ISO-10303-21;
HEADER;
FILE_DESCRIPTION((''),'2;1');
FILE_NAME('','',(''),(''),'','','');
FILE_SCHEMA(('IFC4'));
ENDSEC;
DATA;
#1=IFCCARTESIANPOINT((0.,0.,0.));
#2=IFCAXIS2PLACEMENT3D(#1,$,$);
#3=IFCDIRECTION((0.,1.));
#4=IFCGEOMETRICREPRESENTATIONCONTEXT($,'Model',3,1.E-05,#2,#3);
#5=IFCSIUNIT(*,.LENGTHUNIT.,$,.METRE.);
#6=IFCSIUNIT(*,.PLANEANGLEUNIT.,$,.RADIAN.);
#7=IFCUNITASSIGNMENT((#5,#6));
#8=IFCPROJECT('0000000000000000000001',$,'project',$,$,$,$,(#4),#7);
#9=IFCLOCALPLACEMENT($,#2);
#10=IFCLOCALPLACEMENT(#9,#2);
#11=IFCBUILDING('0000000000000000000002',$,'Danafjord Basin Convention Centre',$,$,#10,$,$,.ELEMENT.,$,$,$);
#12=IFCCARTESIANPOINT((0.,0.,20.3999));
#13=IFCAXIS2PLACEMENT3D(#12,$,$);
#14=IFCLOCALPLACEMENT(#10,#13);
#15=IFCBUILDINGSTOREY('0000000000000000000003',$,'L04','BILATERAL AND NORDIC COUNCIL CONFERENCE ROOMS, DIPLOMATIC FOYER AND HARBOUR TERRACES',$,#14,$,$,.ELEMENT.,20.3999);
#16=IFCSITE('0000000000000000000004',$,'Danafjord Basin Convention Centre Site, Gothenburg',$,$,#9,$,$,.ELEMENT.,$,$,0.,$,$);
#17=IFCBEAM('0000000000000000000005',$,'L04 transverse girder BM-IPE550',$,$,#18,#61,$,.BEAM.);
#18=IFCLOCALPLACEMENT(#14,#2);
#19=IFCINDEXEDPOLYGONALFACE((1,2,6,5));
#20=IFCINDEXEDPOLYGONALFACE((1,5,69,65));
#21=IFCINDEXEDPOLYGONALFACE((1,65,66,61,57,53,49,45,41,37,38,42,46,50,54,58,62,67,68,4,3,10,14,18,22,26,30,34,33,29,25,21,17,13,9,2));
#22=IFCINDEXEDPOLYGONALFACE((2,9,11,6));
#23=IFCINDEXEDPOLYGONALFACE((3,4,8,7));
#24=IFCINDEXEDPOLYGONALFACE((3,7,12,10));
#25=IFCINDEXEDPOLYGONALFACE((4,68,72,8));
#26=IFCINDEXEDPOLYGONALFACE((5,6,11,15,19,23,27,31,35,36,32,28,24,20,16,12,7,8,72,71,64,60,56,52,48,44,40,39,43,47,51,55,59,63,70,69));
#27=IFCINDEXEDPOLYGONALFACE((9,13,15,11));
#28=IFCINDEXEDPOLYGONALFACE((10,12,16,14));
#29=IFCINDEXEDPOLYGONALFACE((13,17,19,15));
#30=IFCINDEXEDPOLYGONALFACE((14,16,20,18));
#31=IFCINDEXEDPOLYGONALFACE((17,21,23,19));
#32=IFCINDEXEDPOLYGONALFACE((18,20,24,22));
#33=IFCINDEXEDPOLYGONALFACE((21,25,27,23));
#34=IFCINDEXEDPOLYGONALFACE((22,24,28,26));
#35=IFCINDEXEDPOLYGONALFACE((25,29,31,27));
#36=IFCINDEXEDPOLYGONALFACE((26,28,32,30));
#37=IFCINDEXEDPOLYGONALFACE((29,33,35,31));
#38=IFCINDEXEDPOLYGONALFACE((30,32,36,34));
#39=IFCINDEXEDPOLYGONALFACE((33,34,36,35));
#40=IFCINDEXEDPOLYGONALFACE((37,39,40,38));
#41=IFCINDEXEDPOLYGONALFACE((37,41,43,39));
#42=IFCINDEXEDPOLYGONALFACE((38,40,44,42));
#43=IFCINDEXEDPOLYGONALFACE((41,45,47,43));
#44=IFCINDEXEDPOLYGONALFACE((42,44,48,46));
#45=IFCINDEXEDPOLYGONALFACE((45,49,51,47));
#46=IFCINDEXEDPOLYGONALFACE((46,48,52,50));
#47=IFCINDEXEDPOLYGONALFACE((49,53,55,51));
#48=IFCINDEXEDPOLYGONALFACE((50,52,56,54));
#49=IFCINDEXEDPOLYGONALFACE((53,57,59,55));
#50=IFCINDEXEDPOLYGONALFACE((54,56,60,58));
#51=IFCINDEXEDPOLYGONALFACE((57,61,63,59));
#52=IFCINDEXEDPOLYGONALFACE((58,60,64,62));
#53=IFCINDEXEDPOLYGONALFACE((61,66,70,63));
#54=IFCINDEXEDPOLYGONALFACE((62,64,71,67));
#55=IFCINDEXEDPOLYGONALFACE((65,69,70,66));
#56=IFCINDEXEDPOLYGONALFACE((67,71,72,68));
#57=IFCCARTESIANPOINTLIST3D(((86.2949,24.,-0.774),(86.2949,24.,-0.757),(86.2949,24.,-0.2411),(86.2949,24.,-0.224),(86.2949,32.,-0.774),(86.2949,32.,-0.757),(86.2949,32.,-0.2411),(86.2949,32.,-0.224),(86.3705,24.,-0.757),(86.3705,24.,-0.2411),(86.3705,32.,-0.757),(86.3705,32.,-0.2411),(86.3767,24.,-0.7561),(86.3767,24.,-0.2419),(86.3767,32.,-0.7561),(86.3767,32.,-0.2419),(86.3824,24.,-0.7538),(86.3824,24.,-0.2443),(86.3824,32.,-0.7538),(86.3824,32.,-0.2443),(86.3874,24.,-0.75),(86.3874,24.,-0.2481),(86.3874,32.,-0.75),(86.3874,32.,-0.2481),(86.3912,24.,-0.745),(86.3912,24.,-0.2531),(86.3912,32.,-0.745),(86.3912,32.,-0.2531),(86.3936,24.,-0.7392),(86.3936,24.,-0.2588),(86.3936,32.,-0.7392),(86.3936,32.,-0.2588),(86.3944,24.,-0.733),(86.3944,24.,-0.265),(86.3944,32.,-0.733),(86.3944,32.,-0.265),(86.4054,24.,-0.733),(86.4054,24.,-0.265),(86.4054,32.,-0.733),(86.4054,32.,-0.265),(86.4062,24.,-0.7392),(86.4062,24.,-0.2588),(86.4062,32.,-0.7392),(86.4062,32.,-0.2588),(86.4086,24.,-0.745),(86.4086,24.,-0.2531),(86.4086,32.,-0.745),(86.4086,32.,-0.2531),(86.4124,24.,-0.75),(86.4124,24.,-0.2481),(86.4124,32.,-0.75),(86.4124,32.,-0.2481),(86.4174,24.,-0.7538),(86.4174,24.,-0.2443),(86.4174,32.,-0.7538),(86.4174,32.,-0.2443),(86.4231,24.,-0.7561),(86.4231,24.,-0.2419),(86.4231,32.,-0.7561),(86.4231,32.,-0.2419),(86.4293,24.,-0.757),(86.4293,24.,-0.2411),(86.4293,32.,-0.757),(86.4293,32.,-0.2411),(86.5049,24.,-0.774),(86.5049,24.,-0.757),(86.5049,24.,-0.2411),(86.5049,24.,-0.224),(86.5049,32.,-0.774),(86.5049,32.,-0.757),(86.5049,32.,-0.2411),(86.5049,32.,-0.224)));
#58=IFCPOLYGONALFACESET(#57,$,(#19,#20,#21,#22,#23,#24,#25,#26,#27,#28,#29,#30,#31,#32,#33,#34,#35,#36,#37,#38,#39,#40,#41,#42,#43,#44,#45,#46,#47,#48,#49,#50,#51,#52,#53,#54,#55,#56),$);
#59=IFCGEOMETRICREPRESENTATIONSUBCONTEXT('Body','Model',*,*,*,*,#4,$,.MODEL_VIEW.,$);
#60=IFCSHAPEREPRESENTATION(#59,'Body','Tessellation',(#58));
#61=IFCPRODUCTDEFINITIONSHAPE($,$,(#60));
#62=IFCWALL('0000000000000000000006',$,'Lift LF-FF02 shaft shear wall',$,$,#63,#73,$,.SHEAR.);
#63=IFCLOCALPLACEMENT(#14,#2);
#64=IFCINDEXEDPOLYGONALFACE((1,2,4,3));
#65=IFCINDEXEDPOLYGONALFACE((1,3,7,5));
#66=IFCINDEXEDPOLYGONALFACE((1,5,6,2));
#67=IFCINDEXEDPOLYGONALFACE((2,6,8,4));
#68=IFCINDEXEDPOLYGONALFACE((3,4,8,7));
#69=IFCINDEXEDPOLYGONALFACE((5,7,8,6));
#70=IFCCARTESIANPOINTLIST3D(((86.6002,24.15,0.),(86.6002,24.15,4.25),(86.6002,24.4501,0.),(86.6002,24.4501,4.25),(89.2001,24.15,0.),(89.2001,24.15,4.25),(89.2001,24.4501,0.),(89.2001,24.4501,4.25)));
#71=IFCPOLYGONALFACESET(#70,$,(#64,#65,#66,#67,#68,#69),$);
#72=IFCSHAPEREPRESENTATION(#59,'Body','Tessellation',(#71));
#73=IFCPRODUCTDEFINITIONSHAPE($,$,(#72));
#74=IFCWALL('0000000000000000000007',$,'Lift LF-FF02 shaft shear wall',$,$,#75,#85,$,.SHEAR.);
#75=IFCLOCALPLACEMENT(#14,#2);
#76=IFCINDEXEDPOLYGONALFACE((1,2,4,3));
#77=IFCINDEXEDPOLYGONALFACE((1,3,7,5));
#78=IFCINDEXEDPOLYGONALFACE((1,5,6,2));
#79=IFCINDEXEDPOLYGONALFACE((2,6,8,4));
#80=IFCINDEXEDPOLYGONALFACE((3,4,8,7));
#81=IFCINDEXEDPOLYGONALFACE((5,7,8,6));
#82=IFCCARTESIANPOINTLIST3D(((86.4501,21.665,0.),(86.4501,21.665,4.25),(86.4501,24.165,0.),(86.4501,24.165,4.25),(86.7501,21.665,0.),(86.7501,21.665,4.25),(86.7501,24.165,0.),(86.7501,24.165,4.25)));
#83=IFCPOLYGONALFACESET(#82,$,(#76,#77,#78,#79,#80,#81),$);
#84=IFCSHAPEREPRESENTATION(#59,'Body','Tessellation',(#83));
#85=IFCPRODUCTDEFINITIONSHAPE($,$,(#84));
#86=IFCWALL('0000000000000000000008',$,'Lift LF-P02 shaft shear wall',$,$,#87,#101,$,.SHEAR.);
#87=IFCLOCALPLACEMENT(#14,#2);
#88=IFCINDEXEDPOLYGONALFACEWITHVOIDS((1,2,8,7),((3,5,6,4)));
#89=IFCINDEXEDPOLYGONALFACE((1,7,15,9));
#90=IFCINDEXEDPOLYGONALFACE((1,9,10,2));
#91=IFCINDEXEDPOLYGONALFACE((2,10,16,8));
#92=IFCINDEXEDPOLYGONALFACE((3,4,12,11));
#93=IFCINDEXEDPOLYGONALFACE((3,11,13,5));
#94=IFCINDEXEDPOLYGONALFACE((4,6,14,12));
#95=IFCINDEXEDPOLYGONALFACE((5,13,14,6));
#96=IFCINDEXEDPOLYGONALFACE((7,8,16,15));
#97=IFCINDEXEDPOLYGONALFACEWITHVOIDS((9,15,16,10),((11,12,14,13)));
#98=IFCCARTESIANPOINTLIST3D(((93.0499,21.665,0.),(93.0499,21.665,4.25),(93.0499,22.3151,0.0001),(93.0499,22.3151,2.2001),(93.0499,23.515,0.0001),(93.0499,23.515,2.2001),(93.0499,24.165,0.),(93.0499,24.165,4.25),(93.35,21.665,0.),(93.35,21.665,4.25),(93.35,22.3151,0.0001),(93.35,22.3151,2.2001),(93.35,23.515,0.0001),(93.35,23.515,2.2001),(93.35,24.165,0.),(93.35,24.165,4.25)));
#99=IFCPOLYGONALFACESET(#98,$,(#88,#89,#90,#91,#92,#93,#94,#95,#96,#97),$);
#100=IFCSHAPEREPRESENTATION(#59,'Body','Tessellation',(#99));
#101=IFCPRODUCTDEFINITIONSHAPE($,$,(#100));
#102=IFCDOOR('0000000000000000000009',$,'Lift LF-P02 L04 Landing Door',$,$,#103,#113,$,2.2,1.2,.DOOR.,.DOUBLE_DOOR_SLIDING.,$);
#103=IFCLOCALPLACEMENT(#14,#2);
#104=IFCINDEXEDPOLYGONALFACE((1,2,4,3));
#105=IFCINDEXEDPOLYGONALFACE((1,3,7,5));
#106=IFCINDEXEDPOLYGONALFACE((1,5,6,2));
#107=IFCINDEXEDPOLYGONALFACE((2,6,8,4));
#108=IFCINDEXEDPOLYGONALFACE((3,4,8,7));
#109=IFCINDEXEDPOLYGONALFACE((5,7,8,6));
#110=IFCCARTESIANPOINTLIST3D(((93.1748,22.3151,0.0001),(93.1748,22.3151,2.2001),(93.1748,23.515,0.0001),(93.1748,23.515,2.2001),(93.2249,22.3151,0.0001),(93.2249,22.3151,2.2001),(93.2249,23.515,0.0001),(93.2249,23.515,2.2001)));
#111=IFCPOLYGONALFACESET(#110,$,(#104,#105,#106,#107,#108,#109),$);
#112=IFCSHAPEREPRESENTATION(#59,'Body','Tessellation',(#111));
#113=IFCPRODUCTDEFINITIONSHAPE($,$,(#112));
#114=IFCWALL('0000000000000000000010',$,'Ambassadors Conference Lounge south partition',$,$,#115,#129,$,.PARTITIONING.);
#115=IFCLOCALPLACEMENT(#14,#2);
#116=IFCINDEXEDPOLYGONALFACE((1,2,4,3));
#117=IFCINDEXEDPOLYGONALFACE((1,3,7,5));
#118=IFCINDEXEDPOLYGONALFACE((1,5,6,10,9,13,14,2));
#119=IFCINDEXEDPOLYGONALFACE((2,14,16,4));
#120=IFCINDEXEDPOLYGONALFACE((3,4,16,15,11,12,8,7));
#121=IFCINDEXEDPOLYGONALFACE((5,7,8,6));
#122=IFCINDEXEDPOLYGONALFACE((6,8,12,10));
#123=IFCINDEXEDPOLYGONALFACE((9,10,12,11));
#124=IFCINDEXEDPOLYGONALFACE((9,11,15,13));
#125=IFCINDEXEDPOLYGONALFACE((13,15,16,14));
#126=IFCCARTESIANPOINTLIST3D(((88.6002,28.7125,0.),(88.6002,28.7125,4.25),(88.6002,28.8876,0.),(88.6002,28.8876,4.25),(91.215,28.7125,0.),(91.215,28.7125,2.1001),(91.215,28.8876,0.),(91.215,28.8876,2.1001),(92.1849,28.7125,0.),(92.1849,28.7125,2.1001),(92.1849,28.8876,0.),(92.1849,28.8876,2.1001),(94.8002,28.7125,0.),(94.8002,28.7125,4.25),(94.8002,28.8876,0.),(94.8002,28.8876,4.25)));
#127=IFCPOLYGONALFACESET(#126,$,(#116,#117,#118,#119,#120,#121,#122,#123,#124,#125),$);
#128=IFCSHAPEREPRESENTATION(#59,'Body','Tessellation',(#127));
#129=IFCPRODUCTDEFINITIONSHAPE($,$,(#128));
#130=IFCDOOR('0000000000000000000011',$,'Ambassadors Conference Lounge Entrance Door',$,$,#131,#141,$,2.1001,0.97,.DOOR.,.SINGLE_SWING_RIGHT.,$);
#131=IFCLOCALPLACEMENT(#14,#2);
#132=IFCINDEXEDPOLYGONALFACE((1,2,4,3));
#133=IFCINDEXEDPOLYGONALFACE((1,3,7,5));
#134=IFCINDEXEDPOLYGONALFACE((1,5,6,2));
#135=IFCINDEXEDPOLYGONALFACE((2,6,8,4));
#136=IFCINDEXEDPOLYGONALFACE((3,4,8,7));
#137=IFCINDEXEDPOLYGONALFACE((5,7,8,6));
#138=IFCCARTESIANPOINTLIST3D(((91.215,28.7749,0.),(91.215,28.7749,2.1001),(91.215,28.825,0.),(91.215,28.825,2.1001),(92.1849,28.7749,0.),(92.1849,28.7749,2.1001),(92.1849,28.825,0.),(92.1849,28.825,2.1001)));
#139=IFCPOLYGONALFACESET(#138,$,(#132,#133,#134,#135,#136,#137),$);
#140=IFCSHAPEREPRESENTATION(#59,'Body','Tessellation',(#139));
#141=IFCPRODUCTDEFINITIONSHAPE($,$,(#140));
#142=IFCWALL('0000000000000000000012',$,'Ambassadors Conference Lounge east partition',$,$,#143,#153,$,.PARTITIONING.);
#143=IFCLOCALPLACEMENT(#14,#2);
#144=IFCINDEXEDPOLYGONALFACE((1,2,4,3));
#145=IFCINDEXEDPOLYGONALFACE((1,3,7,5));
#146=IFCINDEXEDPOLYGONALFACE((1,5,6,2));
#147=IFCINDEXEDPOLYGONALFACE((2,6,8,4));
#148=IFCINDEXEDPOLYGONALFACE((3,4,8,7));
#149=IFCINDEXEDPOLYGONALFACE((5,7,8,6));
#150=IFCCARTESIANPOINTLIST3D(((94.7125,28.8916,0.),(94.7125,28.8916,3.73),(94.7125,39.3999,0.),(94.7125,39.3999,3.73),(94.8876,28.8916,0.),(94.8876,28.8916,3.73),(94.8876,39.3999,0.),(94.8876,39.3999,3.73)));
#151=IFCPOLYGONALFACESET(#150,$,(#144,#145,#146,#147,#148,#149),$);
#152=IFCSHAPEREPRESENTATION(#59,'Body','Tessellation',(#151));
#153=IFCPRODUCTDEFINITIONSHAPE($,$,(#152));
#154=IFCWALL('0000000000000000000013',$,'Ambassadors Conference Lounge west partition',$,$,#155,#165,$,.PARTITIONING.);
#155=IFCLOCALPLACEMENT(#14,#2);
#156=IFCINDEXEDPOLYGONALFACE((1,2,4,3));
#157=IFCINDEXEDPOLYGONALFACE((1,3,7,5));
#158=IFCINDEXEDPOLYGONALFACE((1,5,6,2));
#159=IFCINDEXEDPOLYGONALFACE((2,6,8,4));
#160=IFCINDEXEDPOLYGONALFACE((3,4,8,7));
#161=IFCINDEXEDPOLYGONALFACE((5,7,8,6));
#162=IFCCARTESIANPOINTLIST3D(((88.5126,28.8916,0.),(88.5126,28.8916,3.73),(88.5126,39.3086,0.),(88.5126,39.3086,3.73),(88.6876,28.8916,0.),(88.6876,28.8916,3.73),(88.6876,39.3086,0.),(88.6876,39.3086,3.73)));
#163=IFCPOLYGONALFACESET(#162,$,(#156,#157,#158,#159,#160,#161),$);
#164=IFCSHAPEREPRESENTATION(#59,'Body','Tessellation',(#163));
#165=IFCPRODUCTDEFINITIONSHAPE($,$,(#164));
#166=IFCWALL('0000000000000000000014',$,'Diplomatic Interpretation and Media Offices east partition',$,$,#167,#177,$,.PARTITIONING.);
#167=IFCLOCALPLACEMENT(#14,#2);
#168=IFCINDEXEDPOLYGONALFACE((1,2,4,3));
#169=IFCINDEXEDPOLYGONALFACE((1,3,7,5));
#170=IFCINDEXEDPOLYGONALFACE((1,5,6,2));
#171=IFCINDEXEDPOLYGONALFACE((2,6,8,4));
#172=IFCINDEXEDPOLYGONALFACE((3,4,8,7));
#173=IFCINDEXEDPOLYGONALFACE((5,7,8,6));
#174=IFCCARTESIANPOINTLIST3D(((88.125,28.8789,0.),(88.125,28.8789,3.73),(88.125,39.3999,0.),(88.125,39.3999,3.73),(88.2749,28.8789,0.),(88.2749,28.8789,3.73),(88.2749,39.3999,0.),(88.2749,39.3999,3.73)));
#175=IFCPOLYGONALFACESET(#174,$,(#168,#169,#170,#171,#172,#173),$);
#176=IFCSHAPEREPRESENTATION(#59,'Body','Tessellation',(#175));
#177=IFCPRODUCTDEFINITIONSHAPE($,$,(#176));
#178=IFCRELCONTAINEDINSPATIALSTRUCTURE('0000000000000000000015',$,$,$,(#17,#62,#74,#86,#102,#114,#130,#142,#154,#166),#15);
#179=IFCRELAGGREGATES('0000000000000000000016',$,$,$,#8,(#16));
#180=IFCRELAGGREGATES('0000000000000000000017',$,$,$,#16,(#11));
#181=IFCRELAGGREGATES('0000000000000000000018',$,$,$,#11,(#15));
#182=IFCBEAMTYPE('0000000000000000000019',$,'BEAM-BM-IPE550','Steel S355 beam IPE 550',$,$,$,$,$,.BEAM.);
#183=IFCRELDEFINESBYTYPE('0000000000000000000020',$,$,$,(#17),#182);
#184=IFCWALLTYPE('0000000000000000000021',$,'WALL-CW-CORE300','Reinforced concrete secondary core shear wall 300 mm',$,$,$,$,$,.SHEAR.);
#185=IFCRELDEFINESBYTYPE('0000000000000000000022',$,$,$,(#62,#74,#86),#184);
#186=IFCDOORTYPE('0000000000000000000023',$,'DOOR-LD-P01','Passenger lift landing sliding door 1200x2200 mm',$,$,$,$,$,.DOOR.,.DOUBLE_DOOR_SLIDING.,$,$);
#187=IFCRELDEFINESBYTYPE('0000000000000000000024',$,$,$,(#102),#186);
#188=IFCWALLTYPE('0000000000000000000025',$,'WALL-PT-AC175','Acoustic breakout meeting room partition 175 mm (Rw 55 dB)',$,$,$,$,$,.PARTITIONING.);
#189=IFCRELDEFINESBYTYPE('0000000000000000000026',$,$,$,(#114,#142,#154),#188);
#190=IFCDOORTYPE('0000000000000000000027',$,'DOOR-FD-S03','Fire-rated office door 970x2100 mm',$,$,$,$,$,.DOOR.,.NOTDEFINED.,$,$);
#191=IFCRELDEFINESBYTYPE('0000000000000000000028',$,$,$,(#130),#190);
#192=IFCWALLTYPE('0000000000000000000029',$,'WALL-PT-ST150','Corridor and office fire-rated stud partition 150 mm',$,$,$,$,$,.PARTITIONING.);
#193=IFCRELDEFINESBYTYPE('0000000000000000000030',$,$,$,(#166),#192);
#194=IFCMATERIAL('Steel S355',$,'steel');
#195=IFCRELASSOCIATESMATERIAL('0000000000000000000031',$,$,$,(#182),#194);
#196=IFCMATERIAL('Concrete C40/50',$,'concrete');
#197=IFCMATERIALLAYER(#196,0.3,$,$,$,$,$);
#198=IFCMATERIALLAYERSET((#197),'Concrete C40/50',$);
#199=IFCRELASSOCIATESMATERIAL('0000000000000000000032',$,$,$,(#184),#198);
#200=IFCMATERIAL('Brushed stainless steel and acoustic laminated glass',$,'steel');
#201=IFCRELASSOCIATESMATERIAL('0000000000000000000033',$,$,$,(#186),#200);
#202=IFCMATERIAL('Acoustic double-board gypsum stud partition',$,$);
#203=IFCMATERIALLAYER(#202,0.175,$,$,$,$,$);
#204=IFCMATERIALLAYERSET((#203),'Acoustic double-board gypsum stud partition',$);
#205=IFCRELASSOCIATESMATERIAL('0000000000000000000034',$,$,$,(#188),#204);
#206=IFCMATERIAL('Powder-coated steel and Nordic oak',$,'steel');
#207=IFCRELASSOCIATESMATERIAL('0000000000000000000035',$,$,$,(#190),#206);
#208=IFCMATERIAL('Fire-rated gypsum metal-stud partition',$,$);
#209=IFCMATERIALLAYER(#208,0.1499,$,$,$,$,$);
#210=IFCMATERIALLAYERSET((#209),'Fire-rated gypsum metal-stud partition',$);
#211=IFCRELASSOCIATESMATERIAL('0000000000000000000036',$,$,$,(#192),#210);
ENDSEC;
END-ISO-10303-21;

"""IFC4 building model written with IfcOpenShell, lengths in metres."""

from ifc_helpers import new_model, si_unit, direction, frame, frame_2d, origin, origin_2d, place, context, subcontext, project, spatial, rectangle, i_section, extrude, material, layer, layer_set, material_profile, profile_set, type_object, element, fill, save


model = new_model("IFC4")

# Units and contexts
model_context = context("Model", 3, precision=1e-05, world=origin(), true_north=direction((0.0, 1.0)))
body_context = subcontext(model_context, "Body", "Model", "MODEL_VIEW")
ifc_project = project(units=[si_unit("LENGTHUNIT", "METRE"), si_unit("PLANEANGLEUNIT", "RADIAN")], contexts=[model_context])

# Site, building, storey
site_placement = place(None, origin())
site = spatial("IfcSite", under=ifc_project, at=site_placement, Name="Danafjord Basin Convention Centre Site, Gothenburg", CompositionType="ELEMENT", RefElevation=0.0)
building_placement = place(site_placement, origin())
building = spatial("IfcBuilding", under=site, at=building_placement, Name="Danafjord Basin Convention Centre", CompositionType="ELEMENT")
storey_placement = place(building_placement, frame((0.0, 0.0, 20.3999)))
storey = spatial("IfcBuildingStorey", under=building, at=storey_placement, Name="L04", Description="BILATERAL AND NORDIC COUNCIL CONFERENCE ROOMS, DIPLOMATIC FOYER AND HARBOUR TERRACES", CompositionType="ELEMENT", Elevation=20.3999)

# Shared definitions
ifc_material_1 = material(Name="Steel S355", Category="steel")

# Beam
ifc_material_profile_1 = material_profile(ifc_material_1, i_section(OverallWidth=0.21, OverallDepth=0.55, WebThickness=0.011, FlangeThickness=0.0171, FilletRadius=0.0239, at=origin_2d()), Name="IPE 550")
ifc_profile_set_1 = profile_set([ifc_material_profile_1], Name="Steel S355")
beam_type_1 = type_object("IfcBeamType", Name="BEAM-BM-IPE550", Description="Steel S355 beam IPE 550", PredefinedType="BEAM", material=ifc_profile_set_1)
beam_1_placement = place(storey_placement, frame((86.3999, 24.0, -0.499), z_axis=(0.0, 1.0, 0.0), x_axis=(-1.0, 0.0, 0.0)))
element("IfcBeam", 1, at=beam_1_placement, inside=storey, type_object=beam_type_1, Name="L04 transverse girder BM-IPE550", PredefinedType="BEAM", context=body_context, shape_type="SweptSolid", body=[
    extrude(i_section(OverallWidth=0.21, OverallDepth=0.55, WebThickness=0.011, FlangeThickness=0.0171, FilletRadius=0.0239, at=origin_2d()), origin(), (0.0, 0.0, 1.0), 8.0),
])

# Walls
ifc_material_2 = material(Name="Concrete C40/50", Category="concrete")
ifc_layer_1 = layer(ifc_material_2, 0.3)
ifc_layer_set_1 = layer_set([ifc_layer_1], Name="Concrete C40/50")
wall_type_1 = type_object("IfcWallType", Name="WALL-CW-CORE300", Description="Reinforced concrete secondary core shear wall 300 mm", PredefinedType="SHEAR", material=ifc_layer_set_1)
wall_1_placement = place(storey_placement, frame((89.2, 24.3, 0.0), z_axis=(0.0, 0.0, 1.0), x_axis=(-1.0, 0.0, 0.0)))
element("IfcWall", 2, at=wall_1_placement, inside=storey, type_object=wall_type_1, Name="Lift LF-FF02 shaft shear wall", PredefinedType="SHEAR", context=body_context, shape_type="SweptSolid", body=[
    extrude(rectangle(XDim=2.5999, YDim=0.3, at=frame_2d((1.2998, 0.0))), origin(), (0.0, 0.0, 1.0), 4.25),
])
wall_2_placement = place(storey_placement, frame((86.6001, 24.165, 0.0), z_axis=(0.0, 0.0, 1.0), x_axis=(0.0, -1.0, 0.0)))
element("IfcWall", 3, at=wall_2_placement, inside=storey, type_object=wall_type_1, Name="Lift LF-FF02 shaft shear wall", PredefinedType="SHEAR", context=body_context, shape_type="SweptSolid", body=[
    extrude(rectangle(XDim=2.5, YDim=0.3, at=frame_2d((1.25, 0.0))), origin(), (0.0, 0.0, 1.0), 4.25),
])

# Walls, openings, doors
wall_3_placement = place(storey_placement, frame((93.2, 24.165, 0.0), z_axis=(0.0, 0.0, 1.0), x_axis=(0.0, -1.0, 0.0)))
wall_3 = element("IfcWall", 4, at=wall_3_placement, inside=storey, type_object=wall_type_1, Name="Lift LF-P02 shaft shear wall", PredefinedType="SHEAR", context=body_context, shape_type="SweptSolid", body=[
    extrude(rectangle(XDim=2.5, YDim=0.3, at=frame_2d((1.25, 0.0))), origin(), (0.0, 0.0, 1.0), 4.25),
])
opening_1_placement = place(wall_3_placement, frame((0.6499, 0.0, 0.0)))
opening_1 = element("IfcOpeningElement", 5, at=opening_1_placement, cuts=wall_3, PredefinedType="OPENING", context=body_context, shape_type="SweptSolid", body=[
    extrude(rectangle(XDim=1.2, YDim=2.2, at=frame_2d((0.6001, 1.1001))), frame((0.0, 0.1599, 0.0), z_axis=(0.0, -1.0, 0.0), x_axis=(1.0, 0.0, 0.0)), (0.0, 0.0, 1.0), 0.3201),
])
ifc_material_3 = material(Name="Brushed stainless steel and acoustic laminated glass", Category="steel")
door_type_1 = type_object("IfcDoorType", Name="DOOR-LD-P01", Description="Passenger lift landing sliding door 1200x2200 mm", OperationType="DOUBLE_DOOR_SLIDING", PredefinedType="DOOR", material=ifc_material_3)
door_1_placement = place(opening_1_placement, origin())
door_1 = element("IfcDoor", 6, at=door_1_placement, inside=storey, type_object=door_type_1, Name="Lift LF-P02 L04 Landing Door", OperationType="DOUBLE_DOOR_SLIDING", OverallHeight=2.2, OverallWidth=1.2, PredefinedType="DOOR", context=body_context, shape_type="SweptSolid", body=[
    extrude(rectangle(XDim=1.2, YDim=2.2, at=frame_2d((0.6001, 1.1001))), frame((0.0, 0.0249, 0.0), z_axis=(0.0, -1.0, 0.0), x_axis=(1.0, 0.0, 0.0)), (0.0, 0.0, 1.0), 0.05),
])
fill(opening_1, door_1)
ifc_material_4 = material(Name="Acoustic double-board gypsum stud partition")
ifc_layer_2 = layer(ifc_material_4, 0.175)
ifc_layer_set_2 = layer_set([ifc_layer_2], Name="Acoustic double-board gypsum stud partition")
wall_type_2 = type_object("IfcWallType", Name="WALL-PT-AC175", Description="Acoustic breakout meeting room partition 175 mm (Rw 55 dB)", PredefinedType="PARTITIONING", material=ifc_layer_set_2)
wall_4_placement = place(storey_placement, frame((88.6001, 28.8, 0.0), z_axis=(0.0, 0.0, 1.0), x_axis=(1.0, 0.0, 0.0)))
wall_4 = element("IfcWall", 7, at=wall_4_placement, inside=storey, type_object=wall_type_2, Name="Ambassadors Conference Lounge south partition", PredefinedType="PARTITIONING", context=body_context, shape_type="SweptSolid", body=[
    extrude(rectangle(XDim=6.2, YDim=0.175, at=frame_2d((3.1001, 0.0))), origin(), (0.0, 0.0, 1.0), 4.25),
])
opening_2_placement = place(wall_4_placement, frame((2.615, 0.0, 0.0)))
opening_2 = element("IfcOpeningElement", 8, at=opening_2_placement, cuts=wall_4, PredefinedType="OPENING", context=body_context, shape_type="SweptSolid", body=[
    extrude(rectangle(XDim=0.97, YDim=2.1001, at=frame_2d((0.4849, 1.05))), frame((0.0, 0.0974, 0.0), z_axis=(0.0, -1.0, 0.0), x_axis=(1.0, 0.0, 0.0)), (0.0, 0.0, 1.0), 0.1951),
])
ifc_material_5 = material(Name="Powder-coated steel and Nordic oak", Category="steel")
door_type_2 = type_object("IfcDoorType", Name="DOOR-FD-S03", Description="Fire-rated office door 970x2100 mm", OperationType="NOTDEFINED", PredefinedType="DOOR", material=ifc_material_5)
door_2_placement = place(opening_2_placement, origin())
door_2 = element("IfcDoor", 9, at=door_2_placement, inside=storey, type_object=door_type_2, Name="Ambassadors Conference Lounge Entrance Door", OperationType="SINGLE_SWING_RIGHT", OverallHeight=2.1001, OverallWidth=0.97, PredefinedType="DOOR", context=body_context, shape_type="SweptSolid", body=[
    extrude(rectangle(XDim=0.97, YDim=2.1001, at=frame_2d((0.4849, 1.05))), frame((0.0, 0.0249, 0.0), z_axis=(0.0, -1.0, 0.0), x_axis=(1.0, 0.0, 0.0)), (0.0, 0.0, 1.0), 0.05),
])
fill(opening_2, door_2)

# Walls
wall_5_placement = place(storey_placement, frame((94.8, 28.8916, 0.0), z_axis=(0.0, 0.0, 1.0), x_axis=(0.0, 1.0, 0.0)))
element("IfcWall", 10, at=wall_5_placement, inside=storey, type_object=wall_type_2, Name="Ambassadors Conference Lounge east partition", PredefinedType="PARTITIONING", context=body_context, shape_type="SweptSolid", body=[
    extrude(rectangle(XDim=10.5083, YDim=0.175, at=frame_2d((5.2542, 0.0))), origin(), (0.0, 0.0, 1.0), 3.73),
])
wall_6_placement = place(storey_placement, frame((88.6001, 39.3086, 0.0), z_axis=(0.0, 0.0, 1.0), x_axis=(0.0, -1.0, 0.0)))
element("IfcWall", 11, at=wall_6_placement, inside=storey, type_object=wall_type_2, Name="Ambassadors Conference Lounge west partition", PredefinedType="PARTITIONING", context=body_context, shape_type="SweptSolid", body=[
    extrude(rectangle(XDim=10.417, YDim=0.175, at=frame_2d((5.2085, 0.0))), origin(), (0.0, 0.0, 1.0), 3.73),
])
ifc_material_6 = material(Name="Fire-rated gypsum metal-stud partition")
ifc_layer_3 = layer(ifc_material_6, 0.1499)
ifc_layer_set_3 = layer_set([ifc_layer_3], Name="Fire-rated gypsum metal-stud partition")
wall_type_3 = type_object("IfcWallType", Name="WALL-PT-ST150", Description="Corridor and office fire-rated stud partition 150 mm", PredefinedType="PARTITIONING", material=ifc_layer_set_3)
wall_7_placement = place(storey_placement, frame((88.2, 28.8789, 0.0), z_axis=(0.0, 0.0, 1.0), x_axis=(0.0, 1.0, 0.0)))
element("IfcWall", 12, at=wall_7_placement, inside=storey, type_object=wall_type_3, Name="Diplomatic Interpretation and Media Offices east partition", PredefinedType="PARTITIONING", context=body_context, shape_type="SweptSolid", body=[
    extrude(rectangle(XDim=10.521, YDim=0.1499, at=frame_2d((5.2605, 0.0))), origin(), (0.0, 0.0, 1.0), 3.73),
])

save(model, "model.ifc")
